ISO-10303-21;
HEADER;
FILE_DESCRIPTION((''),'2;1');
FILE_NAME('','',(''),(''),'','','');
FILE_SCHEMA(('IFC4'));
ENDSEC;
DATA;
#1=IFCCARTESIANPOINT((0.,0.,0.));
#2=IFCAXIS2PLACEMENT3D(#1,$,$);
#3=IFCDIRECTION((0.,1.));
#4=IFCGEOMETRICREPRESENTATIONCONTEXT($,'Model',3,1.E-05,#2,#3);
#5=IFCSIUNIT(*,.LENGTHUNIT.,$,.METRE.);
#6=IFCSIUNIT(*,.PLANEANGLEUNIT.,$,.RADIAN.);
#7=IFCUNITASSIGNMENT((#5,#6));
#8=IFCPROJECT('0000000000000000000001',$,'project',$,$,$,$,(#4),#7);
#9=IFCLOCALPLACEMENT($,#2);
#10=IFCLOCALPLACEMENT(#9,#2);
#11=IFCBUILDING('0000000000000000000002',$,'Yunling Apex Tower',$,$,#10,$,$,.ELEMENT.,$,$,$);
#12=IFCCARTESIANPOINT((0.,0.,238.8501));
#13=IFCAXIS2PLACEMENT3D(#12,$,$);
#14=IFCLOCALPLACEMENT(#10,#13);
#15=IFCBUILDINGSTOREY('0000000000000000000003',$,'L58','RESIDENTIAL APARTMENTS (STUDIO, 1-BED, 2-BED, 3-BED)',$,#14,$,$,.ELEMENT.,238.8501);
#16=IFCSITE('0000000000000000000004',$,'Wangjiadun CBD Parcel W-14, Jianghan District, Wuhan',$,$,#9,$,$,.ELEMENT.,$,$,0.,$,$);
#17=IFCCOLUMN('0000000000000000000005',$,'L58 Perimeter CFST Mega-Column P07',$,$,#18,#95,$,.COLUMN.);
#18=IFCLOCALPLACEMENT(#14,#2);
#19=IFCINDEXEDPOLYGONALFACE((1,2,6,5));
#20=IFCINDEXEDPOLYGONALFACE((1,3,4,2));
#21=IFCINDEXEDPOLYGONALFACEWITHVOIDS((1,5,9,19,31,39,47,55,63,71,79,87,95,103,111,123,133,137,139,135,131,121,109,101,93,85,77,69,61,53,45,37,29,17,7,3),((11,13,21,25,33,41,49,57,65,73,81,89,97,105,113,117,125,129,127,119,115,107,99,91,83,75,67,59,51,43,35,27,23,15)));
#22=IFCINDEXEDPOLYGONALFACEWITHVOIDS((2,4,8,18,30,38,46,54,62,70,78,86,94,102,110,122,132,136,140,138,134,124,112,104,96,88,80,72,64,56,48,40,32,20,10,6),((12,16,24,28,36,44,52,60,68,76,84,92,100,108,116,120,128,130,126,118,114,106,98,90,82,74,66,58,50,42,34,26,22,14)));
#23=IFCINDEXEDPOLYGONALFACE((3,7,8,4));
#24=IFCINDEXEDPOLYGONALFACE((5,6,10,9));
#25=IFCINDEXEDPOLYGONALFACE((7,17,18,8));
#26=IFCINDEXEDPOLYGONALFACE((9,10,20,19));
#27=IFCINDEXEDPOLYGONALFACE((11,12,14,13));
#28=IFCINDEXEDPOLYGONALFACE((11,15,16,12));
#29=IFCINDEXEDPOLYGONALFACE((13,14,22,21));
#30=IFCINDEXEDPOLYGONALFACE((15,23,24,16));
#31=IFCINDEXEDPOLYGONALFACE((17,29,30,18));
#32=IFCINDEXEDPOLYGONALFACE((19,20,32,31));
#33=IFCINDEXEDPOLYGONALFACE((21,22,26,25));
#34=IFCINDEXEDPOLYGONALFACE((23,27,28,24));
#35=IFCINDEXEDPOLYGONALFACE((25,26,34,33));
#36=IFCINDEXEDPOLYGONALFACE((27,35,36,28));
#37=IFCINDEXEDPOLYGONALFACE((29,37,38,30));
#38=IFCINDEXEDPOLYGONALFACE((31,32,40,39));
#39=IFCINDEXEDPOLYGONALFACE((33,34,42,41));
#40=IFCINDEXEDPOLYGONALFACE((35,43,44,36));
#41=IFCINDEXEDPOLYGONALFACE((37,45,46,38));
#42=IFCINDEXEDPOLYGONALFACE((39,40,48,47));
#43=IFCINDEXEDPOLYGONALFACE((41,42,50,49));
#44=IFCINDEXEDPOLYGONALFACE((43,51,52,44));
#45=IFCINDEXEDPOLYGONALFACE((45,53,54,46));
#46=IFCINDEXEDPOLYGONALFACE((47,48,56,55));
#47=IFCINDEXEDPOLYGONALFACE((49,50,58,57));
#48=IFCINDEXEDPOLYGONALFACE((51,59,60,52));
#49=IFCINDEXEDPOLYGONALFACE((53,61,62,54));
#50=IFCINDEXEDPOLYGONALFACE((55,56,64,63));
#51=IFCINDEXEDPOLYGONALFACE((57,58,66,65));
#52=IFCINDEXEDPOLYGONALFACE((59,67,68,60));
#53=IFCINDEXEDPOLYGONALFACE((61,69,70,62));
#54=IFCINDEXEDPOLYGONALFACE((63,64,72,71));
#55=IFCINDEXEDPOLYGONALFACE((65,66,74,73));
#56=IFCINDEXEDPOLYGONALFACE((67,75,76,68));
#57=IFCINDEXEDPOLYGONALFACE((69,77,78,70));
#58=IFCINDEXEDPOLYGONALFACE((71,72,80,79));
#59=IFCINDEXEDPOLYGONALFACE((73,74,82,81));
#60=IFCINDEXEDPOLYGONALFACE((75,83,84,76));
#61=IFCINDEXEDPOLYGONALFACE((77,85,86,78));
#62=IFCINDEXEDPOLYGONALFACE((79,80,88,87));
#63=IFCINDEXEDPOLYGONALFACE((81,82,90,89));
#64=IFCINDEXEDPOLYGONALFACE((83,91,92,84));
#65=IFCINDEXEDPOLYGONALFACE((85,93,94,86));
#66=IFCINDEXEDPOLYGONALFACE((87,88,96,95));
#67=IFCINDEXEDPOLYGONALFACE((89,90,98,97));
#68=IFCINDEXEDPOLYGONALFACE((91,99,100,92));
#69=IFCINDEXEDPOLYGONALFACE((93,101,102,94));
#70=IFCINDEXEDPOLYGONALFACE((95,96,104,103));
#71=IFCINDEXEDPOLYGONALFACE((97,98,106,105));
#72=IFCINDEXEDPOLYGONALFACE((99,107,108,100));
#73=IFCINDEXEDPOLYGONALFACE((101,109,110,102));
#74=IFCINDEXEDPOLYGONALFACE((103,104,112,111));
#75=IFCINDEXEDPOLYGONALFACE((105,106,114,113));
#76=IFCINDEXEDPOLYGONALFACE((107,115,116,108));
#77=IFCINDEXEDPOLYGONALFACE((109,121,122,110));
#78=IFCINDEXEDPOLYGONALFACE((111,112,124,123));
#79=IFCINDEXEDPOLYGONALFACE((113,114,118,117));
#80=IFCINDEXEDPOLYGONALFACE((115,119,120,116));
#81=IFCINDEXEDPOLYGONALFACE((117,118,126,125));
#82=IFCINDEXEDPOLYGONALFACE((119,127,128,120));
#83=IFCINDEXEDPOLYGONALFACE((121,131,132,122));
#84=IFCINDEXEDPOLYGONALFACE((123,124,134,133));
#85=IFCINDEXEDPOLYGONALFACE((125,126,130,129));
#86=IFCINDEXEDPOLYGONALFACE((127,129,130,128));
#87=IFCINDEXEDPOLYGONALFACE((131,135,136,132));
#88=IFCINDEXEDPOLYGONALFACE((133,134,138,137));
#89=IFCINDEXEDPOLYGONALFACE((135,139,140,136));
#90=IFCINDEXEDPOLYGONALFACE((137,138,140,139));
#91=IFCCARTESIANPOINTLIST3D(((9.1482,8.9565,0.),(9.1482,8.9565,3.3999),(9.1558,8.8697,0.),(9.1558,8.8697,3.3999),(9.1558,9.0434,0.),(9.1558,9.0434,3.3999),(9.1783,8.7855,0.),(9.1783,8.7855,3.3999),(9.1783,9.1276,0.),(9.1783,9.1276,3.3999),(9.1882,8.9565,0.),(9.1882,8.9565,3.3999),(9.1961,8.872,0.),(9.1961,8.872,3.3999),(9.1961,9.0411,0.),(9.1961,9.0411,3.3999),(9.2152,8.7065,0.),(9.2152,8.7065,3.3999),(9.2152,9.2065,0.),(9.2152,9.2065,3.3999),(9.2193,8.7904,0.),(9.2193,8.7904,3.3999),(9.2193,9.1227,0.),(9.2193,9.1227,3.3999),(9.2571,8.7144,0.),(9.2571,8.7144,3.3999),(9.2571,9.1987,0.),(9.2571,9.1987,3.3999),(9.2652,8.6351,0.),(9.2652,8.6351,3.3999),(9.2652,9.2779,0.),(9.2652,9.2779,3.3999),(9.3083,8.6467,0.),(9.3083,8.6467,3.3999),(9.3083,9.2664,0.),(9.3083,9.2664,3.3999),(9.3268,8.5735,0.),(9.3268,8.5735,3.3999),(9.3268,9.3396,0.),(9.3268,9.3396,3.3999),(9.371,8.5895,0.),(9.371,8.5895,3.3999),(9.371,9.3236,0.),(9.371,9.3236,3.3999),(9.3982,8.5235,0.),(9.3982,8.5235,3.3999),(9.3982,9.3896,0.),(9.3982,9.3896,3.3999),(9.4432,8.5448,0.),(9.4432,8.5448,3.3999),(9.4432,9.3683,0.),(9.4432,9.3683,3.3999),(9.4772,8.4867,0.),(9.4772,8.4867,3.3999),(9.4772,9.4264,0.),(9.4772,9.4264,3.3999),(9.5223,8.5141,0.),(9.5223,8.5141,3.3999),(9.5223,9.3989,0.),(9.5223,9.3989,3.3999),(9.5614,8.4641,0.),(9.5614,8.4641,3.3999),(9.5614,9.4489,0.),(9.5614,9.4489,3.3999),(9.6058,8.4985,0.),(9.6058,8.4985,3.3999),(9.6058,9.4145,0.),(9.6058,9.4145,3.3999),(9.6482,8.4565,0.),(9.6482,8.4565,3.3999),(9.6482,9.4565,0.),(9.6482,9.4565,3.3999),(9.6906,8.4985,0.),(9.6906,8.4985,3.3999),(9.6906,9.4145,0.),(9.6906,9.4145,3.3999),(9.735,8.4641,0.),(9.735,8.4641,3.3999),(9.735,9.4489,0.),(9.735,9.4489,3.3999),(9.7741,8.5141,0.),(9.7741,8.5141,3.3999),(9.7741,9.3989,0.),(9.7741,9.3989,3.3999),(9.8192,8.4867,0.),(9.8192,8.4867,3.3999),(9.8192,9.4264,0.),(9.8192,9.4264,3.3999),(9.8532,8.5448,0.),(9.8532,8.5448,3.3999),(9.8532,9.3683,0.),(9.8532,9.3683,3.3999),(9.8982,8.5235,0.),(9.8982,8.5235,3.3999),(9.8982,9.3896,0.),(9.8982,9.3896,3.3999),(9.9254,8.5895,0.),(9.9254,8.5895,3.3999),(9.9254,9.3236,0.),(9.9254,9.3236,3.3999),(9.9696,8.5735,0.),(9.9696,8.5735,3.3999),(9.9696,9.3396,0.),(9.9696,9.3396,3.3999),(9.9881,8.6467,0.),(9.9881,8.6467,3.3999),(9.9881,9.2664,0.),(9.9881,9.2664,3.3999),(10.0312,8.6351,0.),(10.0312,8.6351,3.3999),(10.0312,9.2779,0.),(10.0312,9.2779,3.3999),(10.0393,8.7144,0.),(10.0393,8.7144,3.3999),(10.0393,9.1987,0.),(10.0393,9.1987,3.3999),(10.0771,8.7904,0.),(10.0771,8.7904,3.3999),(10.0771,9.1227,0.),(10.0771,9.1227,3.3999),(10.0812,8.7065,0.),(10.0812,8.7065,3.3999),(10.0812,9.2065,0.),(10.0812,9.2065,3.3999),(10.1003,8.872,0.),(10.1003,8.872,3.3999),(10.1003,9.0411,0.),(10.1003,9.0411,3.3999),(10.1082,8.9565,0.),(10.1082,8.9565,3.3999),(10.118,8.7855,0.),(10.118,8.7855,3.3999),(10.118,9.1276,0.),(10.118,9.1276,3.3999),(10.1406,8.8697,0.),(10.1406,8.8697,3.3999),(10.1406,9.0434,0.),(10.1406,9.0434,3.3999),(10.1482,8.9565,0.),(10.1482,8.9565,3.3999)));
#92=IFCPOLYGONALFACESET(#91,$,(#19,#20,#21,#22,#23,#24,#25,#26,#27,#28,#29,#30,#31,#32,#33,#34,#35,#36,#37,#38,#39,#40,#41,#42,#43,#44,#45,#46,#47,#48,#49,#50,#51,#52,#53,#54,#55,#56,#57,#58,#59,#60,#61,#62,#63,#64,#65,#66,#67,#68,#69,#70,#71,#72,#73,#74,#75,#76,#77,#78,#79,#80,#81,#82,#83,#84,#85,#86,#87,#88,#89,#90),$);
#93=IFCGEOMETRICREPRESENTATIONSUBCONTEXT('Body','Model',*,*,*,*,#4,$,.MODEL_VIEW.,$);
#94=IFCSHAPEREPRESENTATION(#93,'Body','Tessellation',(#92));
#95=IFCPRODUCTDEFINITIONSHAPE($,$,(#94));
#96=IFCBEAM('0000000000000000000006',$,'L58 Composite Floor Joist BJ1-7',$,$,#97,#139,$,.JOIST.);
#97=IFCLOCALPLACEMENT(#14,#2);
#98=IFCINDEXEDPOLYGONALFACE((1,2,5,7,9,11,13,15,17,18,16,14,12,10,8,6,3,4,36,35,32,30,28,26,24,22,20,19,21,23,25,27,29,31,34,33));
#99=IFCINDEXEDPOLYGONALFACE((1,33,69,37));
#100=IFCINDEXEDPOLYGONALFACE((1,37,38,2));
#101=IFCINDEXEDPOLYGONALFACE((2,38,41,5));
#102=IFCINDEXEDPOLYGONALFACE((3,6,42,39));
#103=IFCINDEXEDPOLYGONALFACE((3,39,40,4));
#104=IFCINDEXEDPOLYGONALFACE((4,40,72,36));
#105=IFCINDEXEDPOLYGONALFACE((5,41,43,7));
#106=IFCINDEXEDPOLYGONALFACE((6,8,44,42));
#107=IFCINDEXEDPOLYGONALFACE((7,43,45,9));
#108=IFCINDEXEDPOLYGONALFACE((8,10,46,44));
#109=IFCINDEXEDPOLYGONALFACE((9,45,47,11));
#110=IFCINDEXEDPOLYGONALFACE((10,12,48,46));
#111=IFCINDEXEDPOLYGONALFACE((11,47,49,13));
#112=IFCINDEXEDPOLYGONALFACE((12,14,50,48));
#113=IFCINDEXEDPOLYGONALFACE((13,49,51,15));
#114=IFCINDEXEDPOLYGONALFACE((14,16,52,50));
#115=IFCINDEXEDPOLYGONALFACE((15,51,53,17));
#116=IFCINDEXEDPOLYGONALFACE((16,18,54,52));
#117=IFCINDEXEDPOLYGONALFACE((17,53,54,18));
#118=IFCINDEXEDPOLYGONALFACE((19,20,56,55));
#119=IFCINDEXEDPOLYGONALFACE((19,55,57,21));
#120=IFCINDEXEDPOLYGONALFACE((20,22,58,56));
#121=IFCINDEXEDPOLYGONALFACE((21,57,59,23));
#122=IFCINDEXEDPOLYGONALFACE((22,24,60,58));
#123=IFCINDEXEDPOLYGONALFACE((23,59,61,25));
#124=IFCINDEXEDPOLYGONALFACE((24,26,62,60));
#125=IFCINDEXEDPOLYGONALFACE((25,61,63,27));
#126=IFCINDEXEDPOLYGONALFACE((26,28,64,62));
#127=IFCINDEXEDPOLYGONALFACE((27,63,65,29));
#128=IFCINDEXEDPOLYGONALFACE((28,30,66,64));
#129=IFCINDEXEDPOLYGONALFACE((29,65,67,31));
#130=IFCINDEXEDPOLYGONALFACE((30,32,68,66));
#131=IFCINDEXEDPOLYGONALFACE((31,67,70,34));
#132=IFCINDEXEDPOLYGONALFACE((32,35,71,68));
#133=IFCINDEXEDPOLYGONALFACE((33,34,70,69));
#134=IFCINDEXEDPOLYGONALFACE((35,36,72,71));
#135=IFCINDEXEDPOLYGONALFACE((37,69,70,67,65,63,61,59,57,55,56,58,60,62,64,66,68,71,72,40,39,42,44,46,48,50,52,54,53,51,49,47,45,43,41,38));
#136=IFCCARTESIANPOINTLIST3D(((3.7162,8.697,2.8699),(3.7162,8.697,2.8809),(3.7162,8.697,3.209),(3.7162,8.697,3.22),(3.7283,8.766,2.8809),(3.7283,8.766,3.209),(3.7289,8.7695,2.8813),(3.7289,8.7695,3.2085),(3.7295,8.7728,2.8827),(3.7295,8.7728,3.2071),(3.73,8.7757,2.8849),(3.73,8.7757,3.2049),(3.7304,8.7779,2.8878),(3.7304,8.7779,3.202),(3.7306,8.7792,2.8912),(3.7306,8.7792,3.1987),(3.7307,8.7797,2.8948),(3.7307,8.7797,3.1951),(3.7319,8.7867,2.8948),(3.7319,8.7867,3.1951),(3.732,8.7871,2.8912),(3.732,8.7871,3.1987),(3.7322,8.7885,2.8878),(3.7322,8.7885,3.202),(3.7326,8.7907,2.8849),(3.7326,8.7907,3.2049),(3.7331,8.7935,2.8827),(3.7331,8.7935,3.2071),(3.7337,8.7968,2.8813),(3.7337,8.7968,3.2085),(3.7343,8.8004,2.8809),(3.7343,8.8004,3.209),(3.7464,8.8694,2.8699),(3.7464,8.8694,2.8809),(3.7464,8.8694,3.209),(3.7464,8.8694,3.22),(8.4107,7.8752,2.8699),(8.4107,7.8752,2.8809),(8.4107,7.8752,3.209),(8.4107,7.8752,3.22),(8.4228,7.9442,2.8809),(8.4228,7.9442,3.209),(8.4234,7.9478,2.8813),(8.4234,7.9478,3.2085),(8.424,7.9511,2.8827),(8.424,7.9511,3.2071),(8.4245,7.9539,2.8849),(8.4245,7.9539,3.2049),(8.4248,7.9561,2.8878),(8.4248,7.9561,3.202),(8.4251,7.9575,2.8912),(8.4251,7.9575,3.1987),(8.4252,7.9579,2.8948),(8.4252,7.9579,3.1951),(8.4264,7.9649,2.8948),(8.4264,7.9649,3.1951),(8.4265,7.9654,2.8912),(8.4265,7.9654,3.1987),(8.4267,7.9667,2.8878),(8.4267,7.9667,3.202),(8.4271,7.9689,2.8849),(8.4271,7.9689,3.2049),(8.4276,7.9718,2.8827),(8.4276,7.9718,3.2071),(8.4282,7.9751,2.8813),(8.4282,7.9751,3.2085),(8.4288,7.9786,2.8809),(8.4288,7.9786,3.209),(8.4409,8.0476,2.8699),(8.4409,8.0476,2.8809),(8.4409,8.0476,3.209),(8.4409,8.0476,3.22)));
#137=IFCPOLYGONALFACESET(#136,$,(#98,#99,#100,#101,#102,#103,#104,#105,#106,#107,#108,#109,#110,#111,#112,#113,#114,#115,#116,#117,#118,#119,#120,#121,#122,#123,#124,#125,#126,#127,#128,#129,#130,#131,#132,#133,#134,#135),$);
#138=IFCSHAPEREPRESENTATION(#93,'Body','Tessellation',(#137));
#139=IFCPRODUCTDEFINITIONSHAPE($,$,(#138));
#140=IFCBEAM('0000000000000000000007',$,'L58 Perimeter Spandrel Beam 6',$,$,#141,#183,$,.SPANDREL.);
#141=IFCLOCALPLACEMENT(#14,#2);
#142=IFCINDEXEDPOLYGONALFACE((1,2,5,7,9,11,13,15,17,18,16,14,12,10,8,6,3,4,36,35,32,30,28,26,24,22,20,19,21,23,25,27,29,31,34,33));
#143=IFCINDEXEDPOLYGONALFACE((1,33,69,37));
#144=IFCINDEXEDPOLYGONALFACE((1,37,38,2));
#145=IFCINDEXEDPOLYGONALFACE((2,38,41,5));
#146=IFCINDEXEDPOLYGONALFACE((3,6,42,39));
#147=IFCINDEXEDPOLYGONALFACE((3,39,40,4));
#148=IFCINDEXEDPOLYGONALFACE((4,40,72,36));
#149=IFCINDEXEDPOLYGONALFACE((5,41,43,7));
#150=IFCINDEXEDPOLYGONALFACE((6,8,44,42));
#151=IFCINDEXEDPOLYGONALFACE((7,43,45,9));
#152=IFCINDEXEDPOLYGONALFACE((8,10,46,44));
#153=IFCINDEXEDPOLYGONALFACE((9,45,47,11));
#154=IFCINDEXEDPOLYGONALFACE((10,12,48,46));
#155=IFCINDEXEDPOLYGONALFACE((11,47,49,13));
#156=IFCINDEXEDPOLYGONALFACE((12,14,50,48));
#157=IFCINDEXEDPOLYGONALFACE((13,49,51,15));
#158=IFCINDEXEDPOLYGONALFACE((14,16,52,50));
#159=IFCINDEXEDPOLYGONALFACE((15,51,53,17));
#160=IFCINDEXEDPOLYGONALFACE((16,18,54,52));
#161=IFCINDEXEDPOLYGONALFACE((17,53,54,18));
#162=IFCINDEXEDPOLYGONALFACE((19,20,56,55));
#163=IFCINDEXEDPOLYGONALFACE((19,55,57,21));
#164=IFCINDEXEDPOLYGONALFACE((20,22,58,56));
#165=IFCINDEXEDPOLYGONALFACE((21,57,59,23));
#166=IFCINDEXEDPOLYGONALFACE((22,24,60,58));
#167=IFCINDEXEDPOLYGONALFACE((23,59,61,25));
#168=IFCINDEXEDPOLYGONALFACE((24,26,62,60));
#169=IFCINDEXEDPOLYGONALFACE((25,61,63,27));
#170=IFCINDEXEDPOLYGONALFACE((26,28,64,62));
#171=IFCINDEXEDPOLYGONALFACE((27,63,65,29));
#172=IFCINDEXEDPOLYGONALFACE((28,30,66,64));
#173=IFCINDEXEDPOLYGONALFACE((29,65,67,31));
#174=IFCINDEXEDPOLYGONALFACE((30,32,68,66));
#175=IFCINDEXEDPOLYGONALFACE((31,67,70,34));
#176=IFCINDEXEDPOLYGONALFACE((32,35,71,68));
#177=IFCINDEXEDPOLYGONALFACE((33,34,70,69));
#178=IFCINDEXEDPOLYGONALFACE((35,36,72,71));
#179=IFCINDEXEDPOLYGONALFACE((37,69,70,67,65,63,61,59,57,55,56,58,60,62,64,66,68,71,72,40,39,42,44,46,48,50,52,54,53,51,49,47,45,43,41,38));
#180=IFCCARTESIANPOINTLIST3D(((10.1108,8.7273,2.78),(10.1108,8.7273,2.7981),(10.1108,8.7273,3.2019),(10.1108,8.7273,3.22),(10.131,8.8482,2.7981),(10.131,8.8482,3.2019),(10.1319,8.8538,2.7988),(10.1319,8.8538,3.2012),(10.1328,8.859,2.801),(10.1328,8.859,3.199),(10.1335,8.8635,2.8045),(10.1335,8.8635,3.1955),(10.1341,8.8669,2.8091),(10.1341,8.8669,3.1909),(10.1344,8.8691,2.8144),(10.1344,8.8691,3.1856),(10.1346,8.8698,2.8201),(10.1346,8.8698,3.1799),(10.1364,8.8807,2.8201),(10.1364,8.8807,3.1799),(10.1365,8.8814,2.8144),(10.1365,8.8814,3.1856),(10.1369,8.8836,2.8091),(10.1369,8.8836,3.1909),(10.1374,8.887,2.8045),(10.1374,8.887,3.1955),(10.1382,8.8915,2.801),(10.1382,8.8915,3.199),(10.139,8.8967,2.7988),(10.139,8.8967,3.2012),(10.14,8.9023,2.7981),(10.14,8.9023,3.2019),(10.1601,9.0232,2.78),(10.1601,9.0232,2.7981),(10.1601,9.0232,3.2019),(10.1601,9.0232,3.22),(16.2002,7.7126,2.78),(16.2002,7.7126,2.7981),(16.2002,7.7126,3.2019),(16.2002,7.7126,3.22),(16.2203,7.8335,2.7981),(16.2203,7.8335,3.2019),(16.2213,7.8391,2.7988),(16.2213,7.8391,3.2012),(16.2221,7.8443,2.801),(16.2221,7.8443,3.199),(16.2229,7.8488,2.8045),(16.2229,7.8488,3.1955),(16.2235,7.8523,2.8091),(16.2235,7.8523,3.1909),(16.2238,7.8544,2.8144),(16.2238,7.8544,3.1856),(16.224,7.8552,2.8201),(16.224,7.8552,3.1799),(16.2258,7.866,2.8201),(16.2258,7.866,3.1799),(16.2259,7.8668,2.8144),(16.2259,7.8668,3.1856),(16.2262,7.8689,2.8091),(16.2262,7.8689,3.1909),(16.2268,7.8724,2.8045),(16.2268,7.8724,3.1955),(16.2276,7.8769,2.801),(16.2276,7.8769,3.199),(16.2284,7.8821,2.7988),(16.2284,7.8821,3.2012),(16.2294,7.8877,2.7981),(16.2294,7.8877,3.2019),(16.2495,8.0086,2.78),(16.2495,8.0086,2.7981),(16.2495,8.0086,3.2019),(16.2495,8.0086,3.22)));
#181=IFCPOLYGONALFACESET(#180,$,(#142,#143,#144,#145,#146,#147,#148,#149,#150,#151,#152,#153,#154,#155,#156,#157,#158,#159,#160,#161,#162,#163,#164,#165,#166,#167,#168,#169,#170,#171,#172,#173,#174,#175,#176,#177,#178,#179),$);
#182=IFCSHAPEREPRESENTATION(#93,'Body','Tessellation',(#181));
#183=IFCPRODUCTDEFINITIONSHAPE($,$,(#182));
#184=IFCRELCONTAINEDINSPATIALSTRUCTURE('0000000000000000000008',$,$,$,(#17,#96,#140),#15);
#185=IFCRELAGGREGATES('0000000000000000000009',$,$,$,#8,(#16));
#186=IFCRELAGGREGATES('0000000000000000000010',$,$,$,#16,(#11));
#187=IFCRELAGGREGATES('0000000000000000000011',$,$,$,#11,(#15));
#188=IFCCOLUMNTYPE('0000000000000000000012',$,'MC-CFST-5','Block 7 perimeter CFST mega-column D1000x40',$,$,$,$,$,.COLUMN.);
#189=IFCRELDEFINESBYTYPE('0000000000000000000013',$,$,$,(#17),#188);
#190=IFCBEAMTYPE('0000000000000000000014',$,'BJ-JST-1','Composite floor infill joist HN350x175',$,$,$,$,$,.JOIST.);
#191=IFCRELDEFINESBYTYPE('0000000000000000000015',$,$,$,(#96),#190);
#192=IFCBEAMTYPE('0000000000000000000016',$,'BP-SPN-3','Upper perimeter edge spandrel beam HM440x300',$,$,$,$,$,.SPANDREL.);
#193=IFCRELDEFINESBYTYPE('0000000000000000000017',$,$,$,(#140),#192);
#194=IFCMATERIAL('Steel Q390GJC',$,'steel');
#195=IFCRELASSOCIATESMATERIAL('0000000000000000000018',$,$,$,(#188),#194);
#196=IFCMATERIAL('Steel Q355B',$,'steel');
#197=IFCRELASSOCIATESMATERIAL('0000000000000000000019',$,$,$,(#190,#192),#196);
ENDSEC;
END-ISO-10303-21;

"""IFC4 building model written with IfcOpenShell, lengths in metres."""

from ifc_helpers import new_model, si_unit, direction, frame, origin, origin_2d, place, context, subcontext, project, spatial, hollow_circle, i_section, extrude, source, transform, mapped, material, material_profile, profile_set, type_object, element, save


model = new_model("IFC4")

# Units and contexts
model_context = context("Model", 3, precision=1e-05, world=origin(), true_north=direction((0.0, 1.0)))
body_context = subcontext(model_context, "Body", "Model", "MODEL_VIEW")
ifc_project = project(units=[si_unit("LENGTHUNIT", "METRE"), si_unit("PLANEANGLEUNIT", "RADIAN")], contexts=[model_context])

# Site, building, storey
site_placement = place(None, origin())
site = spatial("IfcSite", under=ifc_project, at=site_placement, Name="Wangjiadun CBD Parcel W-14, Jianghan District, Wuhan", CompositionType="ELEMENT", RefElevation=0.0)
building_placement = place(site_placement, origin())
building = spatial("IfcBuilding", under=site, at=building_placement, Name="Yunling Apex Tower", CompositionType="ELEMENT")
storey_placement = place(building_placement, frame((0.0, 0.0, 238.8501)))
storey = spatial("IfcBuildingStorey", under=building, at=storey_placement, Name="L58", Description="RESIDENTIAL APARTMENTS (STUDIO, 1-BED, 2-BED, 3-BED)", CompositionType="ELEMENT", Elevation=238.8501)

# Column
ifc_material_1 = material(Name="Steel Q390GJC", Category="steel")
ifc_material_profile_1 = material_profile(ifc_material_1, hollow_circle(Radius=0.5, WallThickness=0.04, at=origin_2d()))
ifc_profile_set_1 = profile_set([ifc_material_profile_1], Name="Steel Q390GJC")
column_type = type_object("IfcColumnType", Name="MC-CFST-5", Description="Block 7 perimeter CFST mega-column D1000x40", PredefinedType="COLUMN", material=ifc_profile_set_1)
shared_shape_1 = source(origin(), body_context, "Body", "SweptSolid", [
    extrude(hollow_circle(Radius=0.5, WallThickness=0.04, at=origin_2d()), origin(), (0.0, 0.0, 1.0), 3.3999),
])
for number, where, z_axis, x_axis, name in (
    (1, (9.6482, 8.9565, 0.0), (0.0, 0.0, 1.0), (1.0, 0.0, 0.0), "L58 Perimeter CFST Mega-Column P07"),
):
    element("IfcColumn", number, at=place(storey_placement, frame(where, z_axis=z_axis, x_axis=x_axis)), inside=storey, type_object=column_type, Name=name, PredefinedType="COLUMN", context=body_context, shape_type="MappedRepresentation", body=[
        mapped(shared_shape_1, transform((0.0, 0.0, 0.0), scale=1.0)),
    ])

# Beams
ifc_material_2 = material(Name="Steel Q355B", Category="steel")
ifc_material_profile_2 = material_profile(ifc_material_2, i_section(OverallWidth=0.175, OverallDepth=0.3501, WebThickness=0.0071, FlangeThickness=0.011, FilletRadius=0.0139, at=origin_2d()))
ifc_profile_set_2 = profile_set([ifc_material_profile_2], Name="Steel Q355B")
beam_type_1 = type_object("IfcBeamType", Name="BJ-JST-1", Description="Composite floor infill joist HN350x175", PredefinedType="JOIST", material=ifc_profile_set_2)
shared_shape_2 = source(origin(), body_context, "Body", "SweptSolid", [
    extrude(i_section(OverallWidth=0.175, OverallDepth=0.3501, WebThickness=0.0071, FlangeThickness=0.011, FilletRadius=0.0139, at=origin_2d()), origin(), (0.0, 0.0, 1.0), 4.7659),
])
beam_1_placement = place(storey_placement, frame((8.4258, 7.9614, 3.0449), z_axis=(-0.985022, 0.172426, 0.0), x_axis=(-0.172426, -0.985022, 0.0)))
element("IfcBeam", 2, at=beam_1_placement, inside=storey, type_object=beam_type_1, Name="L58 Composite Floor Joist BJ1-7", PredefinedType="JOIST", context=body_context, shape_type="MappedRepresentation", body=[
    mapped(shared_shape_2, transform((0.0, 0.0, 0.0), scale=1.0)),
])
ifc_material_profile_3 = material_profile(ifc_material_2, i_section(OverallWidth=0.3, OverallDepth=0.4399, WebThickness=0.011, FlangeThickness=0.0181, FilletRadius=0.022, at=origin_2d()))
ifc_profile_set_3 = profile_set([ifc_material_profile_3], Name="Steel Q355B")
beam_type_2 = type_object("IfcBeamType", Name="BP-SPN-3", Description="Upper perimeter edge spandrel beam HM440x300", PredefinedType="SPANDREL", material=ifc_profile_set_3)
shared_shape_3 = source(origin(), body_context, "Body", "SweptSolid", [
    extrude(i_section(OverallWidth=0.3, OverallDepth=0.4399, WebThickness=0.011, FlangeThickness=0.0181, FilletRadius=0.022, at=origin_2d()), origin(), (0.0, 0.0, 1.0), 6.1733),
])
for number, where, z_axis, x_axis, name in (
    (3, (16.2249, 7.8606, 3.0), (-0.9864, 0.164361, 0.0), (-0.164361, -0.9864, 0.0), "L58 Perimeter Spandrel Beam 6"),
):
    element("IfcBeam", number, at=place(storey_placement, frame(where, z_axis=z_axis, x_axis=x_axis)), inside=storey, type_object=beam_type_2, Name=name, PredefinedType="SPANDREL", context=body_context, shape_type="MappedRepresentation", body=[
        mapped(shared_shape_3, transform((0.0, 0.0, 0.0), scale=1.0)),
    ])

save(model, "model.ifc")
